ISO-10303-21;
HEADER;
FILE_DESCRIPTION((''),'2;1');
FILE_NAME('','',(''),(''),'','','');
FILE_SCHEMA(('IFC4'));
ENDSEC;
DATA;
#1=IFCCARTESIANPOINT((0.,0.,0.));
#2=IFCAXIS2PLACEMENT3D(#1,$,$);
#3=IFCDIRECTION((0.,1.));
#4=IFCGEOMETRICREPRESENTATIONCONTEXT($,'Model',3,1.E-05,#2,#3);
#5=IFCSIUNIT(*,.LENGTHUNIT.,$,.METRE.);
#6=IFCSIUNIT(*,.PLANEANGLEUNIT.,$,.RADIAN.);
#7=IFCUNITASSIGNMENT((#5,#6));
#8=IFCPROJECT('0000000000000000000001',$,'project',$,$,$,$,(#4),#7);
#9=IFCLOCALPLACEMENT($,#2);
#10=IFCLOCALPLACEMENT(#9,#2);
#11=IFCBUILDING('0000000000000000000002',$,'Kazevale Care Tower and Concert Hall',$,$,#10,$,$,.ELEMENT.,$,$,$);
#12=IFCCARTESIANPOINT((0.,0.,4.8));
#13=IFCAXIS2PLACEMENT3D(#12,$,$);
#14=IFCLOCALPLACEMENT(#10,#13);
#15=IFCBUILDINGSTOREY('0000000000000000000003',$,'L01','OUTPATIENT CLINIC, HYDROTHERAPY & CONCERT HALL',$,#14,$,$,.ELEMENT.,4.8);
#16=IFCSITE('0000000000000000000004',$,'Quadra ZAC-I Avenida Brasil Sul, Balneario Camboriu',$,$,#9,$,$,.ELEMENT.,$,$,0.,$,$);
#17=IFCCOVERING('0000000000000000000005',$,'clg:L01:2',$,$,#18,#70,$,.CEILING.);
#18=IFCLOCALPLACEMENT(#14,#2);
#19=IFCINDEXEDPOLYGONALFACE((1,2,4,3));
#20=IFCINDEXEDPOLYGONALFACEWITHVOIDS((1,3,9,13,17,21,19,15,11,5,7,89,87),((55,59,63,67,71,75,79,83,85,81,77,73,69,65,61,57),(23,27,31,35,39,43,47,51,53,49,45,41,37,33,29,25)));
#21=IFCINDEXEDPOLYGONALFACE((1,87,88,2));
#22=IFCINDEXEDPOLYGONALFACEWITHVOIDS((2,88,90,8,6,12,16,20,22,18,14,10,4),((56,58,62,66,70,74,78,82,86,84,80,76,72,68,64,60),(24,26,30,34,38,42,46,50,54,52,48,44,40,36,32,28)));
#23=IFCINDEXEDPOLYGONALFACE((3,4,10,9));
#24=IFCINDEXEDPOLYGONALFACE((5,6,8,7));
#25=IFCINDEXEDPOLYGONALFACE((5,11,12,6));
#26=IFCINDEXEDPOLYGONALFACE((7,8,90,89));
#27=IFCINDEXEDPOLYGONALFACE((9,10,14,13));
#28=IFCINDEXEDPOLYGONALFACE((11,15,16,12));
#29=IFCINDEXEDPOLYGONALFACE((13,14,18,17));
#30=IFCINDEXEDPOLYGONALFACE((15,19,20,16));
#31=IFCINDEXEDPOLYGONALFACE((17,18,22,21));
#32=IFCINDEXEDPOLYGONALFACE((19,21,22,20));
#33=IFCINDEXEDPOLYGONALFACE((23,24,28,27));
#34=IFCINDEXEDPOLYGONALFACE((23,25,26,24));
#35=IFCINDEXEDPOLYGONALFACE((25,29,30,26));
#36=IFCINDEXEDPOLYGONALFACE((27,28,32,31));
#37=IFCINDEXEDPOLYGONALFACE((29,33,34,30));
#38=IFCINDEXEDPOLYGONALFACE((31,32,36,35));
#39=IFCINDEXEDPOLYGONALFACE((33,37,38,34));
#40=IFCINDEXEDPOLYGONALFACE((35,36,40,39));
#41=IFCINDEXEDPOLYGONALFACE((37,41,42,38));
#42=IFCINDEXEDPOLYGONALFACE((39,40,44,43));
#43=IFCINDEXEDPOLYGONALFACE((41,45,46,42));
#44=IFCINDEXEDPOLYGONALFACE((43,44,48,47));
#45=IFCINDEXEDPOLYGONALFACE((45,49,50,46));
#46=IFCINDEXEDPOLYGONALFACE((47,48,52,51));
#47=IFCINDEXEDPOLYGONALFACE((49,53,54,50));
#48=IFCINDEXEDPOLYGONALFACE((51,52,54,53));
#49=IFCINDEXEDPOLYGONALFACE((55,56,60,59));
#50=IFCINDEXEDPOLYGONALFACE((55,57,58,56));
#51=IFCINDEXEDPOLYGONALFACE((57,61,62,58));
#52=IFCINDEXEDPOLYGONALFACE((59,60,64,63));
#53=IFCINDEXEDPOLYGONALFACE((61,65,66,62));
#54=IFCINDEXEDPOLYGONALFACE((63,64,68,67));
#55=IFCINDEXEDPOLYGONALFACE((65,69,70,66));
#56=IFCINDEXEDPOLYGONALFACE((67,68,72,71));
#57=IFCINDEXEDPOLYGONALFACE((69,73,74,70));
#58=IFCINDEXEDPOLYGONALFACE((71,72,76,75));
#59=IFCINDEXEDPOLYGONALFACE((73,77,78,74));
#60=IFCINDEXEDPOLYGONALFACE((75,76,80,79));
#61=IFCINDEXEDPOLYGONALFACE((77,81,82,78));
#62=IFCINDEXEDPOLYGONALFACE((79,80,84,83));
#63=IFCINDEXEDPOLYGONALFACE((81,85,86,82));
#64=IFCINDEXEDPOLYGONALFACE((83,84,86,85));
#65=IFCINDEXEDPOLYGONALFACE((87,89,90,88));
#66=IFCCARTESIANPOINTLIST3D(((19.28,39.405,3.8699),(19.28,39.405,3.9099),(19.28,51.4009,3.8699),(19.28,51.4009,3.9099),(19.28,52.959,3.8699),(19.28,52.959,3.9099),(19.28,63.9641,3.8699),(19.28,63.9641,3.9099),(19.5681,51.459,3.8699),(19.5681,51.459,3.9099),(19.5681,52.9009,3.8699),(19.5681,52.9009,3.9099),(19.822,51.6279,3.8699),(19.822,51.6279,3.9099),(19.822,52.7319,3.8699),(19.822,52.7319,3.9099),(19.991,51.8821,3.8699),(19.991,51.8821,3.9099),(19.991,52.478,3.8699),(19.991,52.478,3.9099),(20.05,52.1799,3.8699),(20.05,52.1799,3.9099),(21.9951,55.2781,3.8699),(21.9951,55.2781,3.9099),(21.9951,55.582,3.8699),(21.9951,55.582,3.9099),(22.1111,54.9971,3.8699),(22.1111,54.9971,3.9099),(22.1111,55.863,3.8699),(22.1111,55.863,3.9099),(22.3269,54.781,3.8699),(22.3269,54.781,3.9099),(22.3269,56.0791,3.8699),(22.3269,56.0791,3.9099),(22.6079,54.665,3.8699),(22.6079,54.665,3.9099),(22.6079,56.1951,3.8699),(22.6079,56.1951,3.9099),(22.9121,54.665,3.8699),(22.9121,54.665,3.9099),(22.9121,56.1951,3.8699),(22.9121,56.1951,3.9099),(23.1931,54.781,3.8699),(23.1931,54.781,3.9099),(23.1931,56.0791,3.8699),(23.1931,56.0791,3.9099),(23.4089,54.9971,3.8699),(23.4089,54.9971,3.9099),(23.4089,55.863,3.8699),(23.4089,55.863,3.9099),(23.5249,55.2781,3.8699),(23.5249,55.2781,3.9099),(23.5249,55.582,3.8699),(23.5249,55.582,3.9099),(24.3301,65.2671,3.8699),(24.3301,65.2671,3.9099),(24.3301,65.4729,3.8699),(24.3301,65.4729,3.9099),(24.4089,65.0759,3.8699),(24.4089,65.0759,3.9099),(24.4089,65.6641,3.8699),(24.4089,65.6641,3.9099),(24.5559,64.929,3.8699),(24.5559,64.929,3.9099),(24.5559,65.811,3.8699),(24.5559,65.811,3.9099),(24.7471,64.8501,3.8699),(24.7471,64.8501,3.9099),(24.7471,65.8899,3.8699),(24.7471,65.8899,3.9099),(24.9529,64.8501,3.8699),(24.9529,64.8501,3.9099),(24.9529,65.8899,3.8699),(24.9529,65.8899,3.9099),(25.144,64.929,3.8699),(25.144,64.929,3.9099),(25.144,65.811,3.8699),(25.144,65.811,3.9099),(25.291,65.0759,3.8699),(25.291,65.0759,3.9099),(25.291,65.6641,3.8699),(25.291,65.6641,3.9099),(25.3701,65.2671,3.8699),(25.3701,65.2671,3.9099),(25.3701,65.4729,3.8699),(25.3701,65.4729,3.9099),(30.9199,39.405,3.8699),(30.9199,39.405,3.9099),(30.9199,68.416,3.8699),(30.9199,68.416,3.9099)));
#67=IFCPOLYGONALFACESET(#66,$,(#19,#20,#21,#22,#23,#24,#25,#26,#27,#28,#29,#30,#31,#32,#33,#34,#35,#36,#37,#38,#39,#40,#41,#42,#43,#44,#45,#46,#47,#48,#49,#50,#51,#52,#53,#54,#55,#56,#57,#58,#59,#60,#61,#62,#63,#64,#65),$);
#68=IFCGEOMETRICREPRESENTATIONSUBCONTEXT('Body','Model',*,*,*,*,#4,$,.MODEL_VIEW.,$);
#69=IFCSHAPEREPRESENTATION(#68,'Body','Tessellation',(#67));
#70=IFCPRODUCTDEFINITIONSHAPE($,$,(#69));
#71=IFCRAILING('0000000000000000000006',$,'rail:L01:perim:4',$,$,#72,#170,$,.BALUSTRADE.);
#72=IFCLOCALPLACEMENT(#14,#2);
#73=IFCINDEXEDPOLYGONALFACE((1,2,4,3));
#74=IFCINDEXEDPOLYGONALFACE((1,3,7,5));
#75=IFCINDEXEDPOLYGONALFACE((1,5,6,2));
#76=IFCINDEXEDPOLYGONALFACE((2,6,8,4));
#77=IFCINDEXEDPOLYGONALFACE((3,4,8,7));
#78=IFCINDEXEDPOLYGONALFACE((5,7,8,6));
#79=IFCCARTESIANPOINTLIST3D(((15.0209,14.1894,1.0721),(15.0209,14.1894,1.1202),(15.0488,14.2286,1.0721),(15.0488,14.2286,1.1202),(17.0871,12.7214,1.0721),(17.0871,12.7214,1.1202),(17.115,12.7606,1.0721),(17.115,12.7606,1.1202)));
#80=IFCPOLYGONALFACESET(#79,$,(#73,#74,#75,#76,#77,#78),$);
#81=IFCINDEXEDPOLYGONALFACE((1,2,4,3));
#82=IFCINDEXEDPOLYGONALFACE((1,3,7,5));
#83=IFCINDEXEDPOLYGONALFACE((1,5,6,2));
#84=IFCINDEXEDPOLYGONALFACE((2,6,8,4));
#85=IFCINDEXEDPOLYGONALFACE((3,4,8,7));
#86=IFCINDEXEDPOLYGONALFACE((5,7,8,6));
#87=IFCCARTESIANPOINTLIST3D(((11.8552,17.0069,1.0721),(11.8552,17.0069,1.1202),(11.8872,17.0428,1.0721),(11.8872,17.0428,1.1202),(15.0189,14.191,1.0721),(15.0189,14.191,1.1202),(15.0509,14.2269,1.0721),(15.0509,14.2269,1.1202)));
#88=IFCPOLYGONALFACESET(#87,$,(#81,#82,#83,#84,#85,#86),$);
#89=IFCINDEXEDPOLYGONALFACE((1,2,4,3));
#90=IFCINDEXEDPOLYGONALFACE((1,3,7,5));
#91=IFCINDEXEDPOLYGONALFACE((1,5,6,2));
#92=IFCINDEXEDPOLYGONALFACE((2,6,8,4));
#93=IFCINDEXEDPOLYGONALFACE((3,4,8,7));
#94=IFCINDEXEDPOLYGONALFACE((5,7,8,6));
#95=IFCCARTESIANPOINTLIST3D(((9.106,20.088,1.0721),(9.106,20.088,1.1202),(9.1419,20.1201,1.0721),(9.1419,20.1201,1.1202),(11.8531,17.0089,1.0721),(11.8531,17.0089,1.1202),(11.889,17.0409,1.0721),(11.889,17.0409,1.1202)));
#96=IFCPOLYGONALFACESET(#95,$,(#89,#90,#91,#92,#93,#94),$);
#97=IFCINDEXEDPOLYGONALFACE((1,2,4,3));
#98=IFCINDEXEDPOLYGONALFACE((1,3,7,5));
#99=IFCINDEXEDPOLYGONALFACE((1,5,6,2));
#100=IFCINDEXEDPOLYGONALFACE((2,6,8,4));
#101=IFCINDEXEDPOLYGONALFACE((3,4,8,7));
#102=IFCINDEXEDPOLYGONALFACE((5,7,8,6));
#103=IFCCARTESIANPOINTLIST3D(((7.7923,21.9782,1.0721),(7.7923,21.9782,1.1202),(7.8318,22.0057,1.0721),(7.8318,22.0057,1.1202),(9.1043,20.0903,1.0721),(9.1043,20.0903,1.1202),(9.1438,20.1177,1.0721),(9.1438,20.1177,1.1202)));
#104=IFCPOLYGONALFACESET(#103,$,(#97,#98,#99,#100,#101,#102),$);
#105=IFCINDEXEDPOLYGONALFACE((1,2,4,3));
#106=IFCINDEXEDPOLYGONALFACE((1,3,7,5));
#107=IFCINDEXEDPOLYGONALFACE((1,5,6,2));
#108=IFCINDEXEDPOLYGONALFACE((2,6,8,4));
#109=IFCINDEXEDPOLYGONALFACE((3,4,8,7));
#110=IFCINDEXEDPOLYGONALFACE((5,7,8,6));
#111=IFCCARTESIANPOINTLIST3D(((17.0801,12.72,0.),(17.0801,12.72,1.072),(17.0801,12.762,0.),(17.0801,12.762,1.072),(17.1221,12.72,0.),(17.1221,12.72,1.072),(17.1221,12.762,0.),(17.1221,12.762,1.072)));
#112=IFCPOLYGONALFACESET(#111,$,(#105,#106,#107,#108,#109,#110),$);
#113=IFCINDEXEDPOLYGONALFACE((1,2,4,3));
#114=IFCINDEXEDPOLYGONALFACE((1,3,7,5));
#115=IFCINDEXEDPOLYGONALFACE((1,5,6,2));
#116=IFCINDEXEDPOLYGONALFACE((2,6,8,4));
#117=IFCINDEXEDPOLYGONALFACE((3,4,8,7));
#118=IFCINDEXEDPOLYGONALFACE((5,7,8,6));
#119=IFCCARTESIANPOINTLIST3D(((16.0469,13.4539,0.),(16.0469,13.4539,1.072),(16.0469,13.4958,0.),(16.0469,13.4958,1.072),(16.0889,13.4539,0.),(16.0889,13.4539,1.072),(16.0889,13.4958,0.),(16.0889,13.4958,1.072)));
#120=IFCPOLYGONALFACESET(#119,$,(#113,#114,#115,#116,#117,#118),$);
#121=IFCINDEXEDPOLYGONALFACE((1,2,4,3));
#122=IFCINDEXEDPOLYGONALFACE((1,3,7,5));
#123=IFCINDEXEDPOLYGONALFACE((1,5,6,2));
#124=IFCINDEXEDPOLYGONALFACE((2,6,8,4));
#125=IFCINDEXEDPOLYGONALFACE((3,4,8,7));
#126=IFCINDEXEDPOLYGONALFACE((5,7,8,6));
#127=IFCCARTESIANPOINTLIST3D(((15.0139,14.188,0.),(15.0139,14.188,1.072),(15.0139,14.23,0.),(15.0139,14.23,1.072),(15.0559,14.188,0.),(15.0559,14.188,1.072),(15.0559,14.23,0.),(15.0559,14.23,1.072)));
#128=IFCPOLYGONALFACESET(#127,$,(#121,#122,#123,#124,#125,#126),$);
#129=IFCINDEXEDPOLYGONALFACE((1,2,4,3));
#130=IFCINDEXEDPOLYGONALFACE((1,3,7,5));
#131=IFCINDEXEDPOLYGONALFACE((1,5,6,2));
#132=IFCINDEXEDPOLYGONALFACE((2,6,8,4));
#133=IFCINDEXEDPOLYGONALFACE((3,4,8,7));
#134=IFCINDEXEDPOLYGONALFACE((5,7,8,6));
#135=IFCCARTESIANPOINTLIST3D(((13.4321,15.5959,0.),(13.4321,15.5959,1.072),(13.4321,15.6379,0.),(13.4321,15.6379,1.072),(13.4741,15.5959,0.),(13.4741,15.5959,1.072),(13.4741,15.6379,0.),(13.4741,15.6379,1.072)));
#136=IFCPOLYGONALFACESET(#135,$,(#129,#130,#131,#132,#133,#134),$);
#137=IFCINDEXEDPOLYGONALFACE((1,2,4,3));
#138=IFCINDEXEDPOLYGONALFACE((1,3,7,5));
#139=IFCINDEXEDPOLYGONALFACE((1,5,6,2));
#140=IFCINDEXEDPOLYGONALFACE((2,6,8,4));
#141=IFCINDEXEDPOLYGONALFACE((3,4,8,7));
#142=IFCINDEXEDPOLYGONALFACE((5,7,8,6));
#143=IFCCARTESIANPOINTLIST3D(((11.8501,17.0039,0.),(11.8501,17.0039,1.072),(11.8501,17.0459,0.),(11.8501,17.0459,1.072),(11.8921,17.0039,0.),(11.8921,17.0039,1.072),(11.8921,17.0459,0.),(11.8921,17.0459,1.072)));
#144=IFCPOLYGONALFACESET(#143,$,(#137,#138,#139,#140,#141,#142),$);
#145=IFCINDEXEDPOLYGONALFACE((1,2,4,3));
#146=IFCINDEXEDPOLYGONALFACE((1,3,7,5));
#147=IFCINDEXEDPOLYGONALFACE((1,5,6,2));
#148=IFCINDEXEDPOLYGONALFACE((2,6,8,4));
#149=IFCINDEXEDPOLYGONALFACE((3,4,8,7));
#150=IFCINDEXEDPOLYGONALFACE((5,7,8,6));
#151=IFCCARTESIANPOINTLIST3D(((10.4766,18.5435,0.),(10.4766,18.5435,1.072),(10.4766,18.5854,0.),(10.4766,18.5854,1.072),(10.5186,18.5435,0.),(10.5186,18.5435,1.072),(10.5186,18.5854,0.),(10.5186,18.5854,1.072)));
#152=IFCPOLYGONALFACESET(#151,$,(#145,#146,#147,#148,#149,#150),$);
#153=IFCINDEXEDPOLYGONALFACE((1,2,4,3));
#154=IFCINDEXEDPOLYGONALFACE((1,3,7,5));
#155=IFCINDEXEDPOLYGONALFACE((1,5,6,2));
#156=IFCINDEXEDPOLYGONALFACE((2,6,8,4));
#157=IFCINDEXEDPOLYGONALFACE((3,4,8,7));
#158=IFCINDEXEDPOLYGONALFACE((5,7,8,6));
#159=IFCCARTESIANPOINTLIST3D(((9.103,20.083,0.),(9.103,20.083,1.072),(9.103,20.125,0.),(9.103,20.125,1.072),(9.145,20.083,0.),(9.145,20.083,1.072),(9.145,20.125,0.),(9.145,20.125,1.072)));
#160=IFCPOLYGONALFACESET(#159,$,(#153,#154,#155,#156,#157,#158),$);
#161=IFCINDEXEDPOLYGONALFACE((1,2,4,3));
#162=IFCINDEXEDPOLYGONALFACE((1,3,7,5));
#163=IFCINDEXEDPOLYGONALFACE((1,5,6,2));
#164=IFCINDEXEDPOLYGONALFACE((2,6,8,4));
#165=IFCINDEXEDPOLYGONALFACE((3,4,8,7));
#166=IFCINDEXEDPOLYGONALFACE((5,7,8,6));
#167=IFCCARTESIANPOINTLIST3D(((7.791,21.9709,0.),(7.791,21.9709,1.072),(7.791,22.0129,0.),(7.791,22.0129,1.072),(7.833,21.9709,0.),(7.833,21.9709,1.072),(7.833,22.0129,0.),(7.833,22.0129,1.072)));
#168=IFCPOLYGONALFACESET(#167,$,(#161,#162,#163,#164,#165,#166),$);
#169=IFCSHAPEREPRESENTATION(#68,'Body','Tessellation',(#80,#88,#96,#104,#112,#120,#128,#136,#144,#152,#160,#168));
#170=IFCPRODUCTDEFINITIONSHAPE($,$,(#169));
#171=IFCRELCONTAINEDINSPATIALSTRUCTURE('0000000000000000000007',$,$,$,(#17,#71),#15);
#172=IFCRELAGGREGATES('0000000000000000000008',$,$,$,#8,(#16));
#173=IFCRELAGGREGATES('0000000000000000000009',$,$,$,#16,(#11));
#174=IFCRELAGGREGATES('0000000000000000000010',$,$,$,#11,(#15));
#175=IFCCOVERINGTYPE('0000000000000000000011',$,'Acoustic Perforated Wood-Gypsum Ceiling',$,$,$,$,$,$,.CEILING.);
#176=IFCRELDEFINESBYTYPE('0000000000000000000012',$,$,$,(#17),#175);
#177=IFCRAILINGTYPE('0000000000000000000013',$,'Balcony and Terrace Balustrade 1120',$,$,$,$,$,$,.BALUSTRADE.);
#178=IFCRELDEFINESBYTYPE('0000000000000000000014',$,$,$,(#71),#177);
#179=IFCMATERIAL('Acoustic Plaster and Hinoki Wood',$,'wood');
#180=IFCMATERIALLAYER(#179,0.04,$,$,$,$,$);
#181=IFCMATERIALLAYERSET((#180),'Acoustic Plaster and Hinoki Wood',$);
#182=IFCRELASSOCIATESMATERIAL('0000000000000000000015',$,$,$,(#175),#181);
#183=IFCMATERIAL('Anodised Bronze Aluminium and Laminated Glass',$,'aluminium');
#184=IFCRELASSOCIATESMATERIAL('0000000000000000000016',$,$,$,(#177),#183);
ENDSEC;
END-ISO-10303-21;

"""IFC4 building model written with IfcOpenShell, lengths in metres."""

from ifc_helpers import new_model, si_unit, direction, frame, origin, origin_2d, place, context, subcontext, project, spatial, polyline, rectangle, outline, extrude, material, layer, layer_set, type_object, element, save


model = new_model("IFC4")

# Units and contexts
model_context = context("Model", 3, precision=1e-05, world=origin(), true_north=direction((0.0, 1.0)))
body_context = subcontext(model_context, "Body", "Model", "MODEL_VIEW")
ifc_project = project(units=[si_unit("LENGTHUNIT", "METRE"), si_unit("PLANEANGLEUNIT", "RADIAN")], contexts=[model_context])

# Site, building, storey
site_placement = place(None, origin())
site = spatial("IfcSite", under=ifc_project, at=site_placement, Name="Quadra ZAC-I Avenida Brasil Sul, Balneario Camboriu", CompositionType="ELEMENT", RefElevation=0.0)
building_placement = place(site_placement, origin())
building = spatial("IfcBuilding", under=site, at=building_placement, Name="Kazevale Care Tower and Concert Hall", CompositionType="ELEMENT")
storey_placement = place(building_placement, frame((0.0, 0.0, 4.8)))
storey = spatial("IfcBuildingStorey", under=building, at=storey_placement, Name="L01", Description="OUTPATIENT CLINIC, HYDROTHERAPY & CONCERT HALL", CompositionType="ELEMENT", Elevation=4.8)

# Covering
ifc_material_1 = material(Name="Acoustic Plaster and Hinoki Wood", Category="wood")
ifc_layer_1 = layer(ifc_material_1, 0.04)
ifc_layer_set_1 = layer_set([ifc_layer_1], Name="Acoustic Plaster and Hinoki Wood")
covering_type_1 = type_object("IfcCoveringType", Name="Acoustic Perforated Wood-Gypsum Ceiling", PredefinedType="CEILING", material=ifc_layer_set_1)
covering_1_placement = place(storey_placement, frame((0.0, 0.0, 3.8699)))
element("IfcCovering", 1, at=covering_1_placement, inside=storey, type_object=covering_type_1, Name="clg:L01:2", PredefinedType="CEILING", context=body_context, shape_type="SweptSolid", body=[
    extrude(outline(polyline([(30.9199, 39.405), (19.28, 39.405), (19.28, 51.4009), (19.5681, 51.459), (19.822, 51.6279), (19.991, 51.8821), (20.05, 52.1799), (19.991, 52.478), (19.822, 52.7319), (19.5681, 52.9009), (19.28, 52.959), (19.28, 63.9641), (30.9199, 68.416), (30.9199, 39.405)]), holes=[polyline([(23.4089, 55.863), (23.1931, 56.0791), (22.9121, 56.1951), (22.6079, 56.1951), (22.3269, 56.0791), (22.1111, 55.863), (21.9951, 55.582), (21.9951, 55.2781), (22.1111, 54.9971), (22.3269, 54.781), (22.6079, 54.665), (22.9121, 54.665), (23.1931, 54.781), (23.4089, 54.9971), (23.5249, 55.2781), (23.5249, 55.582), (23.4089, 55.863)]), polyline([(25.3701, 65.4729), (25.291, 65.6641), (25.144, 65.811), (24.9529, 65.8899), (24.7471, 65.8899), (24.5559, 65.811), (24.4089, 65.6641), (24.3301, 65.4729), (24.3301, 65.2671), (24.4089, 65.0759), (24.5559, 64.929), (24.7471, 64.8501), (24.9529, 64.8501), (25.144, 64.929), (25.291, 65.0759), (25.3701, 65.2671), (25.3701, 65.4729)])]), origin(), (0.0, 0.0, 1.0), 0.04),
])

# Railing
ifc_material_2 = material(Name="Anodised Bronze Aluminium and Laminated Glass", Category="aluminium")
railing_type = type_object("IfcRailingType", Name="Balcony and Terrace Balustrade 1120", PredefinedType="BALUSTRADE", material=ifc_material_2)
railing_placement = place(storey_placement, frame((17.1011, 12.741, 0.0)))
element("IfcRailing", 2, at=railing_placement, inside=storey, type_object=railing_type, Name="rail:L01:perim:4", PredefinedType="BALUSTRADE", context=body_context, shape_type="SweptSolid", body=[
    extrude(rectangle(XDim=0.0481, YDim=0.0481, at=origin_2d()), frame((0.0, 0.0, 1.0962), z_axis=(-0.815189, 0.579195, 0.0), x_axis=(-0.579195, -0.815189, 0.0)), (0.0, 0.0, 1.0), 2.5347),
    extrude(rectangle(XDim=0.0481, YDim=0.0481, at=origin_2d()), frame((-2.0662, 1.468, 1.0962), z_axis=(-0.746983, 0.664843, 0.0), x_axis=(-0.664843, -0.746983, 0.0)), (0.0, 0.0, 1.0), 4.2354),
    extrude(rectangle(XDim=0.0481, YDim=0.0481, at=origin_2d()), frame((-5.23, 4.2839, 1.0962), z_axis=(-0.665729, 0.746194, 0.0), x_axis=(-0.746194, -0.665729, 0.0)), (0.0, 0.0, 1.0), 4.1265),
    extrude(rectangle(XDim=0.0481, YDim=0.0481, at=origin_2d()), frame((-7.9771, 7.363, 1.0962), z_axis=(-0.570672, 0.821178, 0.0), x_axis=(-0.821178, -0.570672, 0.0)), (0.0, 0.0, 1.0), 2.2991),
    extrude(rectangle(XDim=0.042, YDim=0.042, at=origin_2d()), origin(), (0.0, 0.0, 1.0), 1.072),
    extrude(rectangle(XDim=0.042, YDim=0.042, at=origin_2d()), frame((-1.0332, 0.7339, 0.0)), (0.0, 0.0, 1.0), 1.072),
    extrude(rectangle(XDim=0.042, YDim=0.042, at=origin_2d()), frame((-2.0662, 1.468, 0.0)), (0.0, 0.0, 1.0), 1.072),
    extrude(rectangle(XDim=0.042, YDim=0.042, at=origin_2d()), frame((-3.6479, 2.876, 0.0)), (0.0, 0.0, 1.0), 1.072),
    extrude(rectangle(XDim=0.042, YDim=0.042, at=origin_2d()), frame((-5.23, 4.2839, 0.0)), (0.0, 0.0, 1.0), 1.072),
    extrude(rectangle(XDim=0.042, YDim=0.042, at=origin_2d()), frame((-6.6035, 5.8235, 0.0)), (0.0, 0.0, 1.0), 1.072),
    extrude(rectangle(XDim=0.042, YDim=0.042, at=origin_2d()), frame((-7.9771, 7.363, 0.0)), (0.0, 0.0, 1.0), 1.072),
    extrude(rectangle(XDim=0.042, YDim=0.042, at=origin_2d()), frame((-9.2891, 9.251, 0.0)), (0.0, 0.0, 1.0), 1.072),
])

save(model, "model.ifc")
